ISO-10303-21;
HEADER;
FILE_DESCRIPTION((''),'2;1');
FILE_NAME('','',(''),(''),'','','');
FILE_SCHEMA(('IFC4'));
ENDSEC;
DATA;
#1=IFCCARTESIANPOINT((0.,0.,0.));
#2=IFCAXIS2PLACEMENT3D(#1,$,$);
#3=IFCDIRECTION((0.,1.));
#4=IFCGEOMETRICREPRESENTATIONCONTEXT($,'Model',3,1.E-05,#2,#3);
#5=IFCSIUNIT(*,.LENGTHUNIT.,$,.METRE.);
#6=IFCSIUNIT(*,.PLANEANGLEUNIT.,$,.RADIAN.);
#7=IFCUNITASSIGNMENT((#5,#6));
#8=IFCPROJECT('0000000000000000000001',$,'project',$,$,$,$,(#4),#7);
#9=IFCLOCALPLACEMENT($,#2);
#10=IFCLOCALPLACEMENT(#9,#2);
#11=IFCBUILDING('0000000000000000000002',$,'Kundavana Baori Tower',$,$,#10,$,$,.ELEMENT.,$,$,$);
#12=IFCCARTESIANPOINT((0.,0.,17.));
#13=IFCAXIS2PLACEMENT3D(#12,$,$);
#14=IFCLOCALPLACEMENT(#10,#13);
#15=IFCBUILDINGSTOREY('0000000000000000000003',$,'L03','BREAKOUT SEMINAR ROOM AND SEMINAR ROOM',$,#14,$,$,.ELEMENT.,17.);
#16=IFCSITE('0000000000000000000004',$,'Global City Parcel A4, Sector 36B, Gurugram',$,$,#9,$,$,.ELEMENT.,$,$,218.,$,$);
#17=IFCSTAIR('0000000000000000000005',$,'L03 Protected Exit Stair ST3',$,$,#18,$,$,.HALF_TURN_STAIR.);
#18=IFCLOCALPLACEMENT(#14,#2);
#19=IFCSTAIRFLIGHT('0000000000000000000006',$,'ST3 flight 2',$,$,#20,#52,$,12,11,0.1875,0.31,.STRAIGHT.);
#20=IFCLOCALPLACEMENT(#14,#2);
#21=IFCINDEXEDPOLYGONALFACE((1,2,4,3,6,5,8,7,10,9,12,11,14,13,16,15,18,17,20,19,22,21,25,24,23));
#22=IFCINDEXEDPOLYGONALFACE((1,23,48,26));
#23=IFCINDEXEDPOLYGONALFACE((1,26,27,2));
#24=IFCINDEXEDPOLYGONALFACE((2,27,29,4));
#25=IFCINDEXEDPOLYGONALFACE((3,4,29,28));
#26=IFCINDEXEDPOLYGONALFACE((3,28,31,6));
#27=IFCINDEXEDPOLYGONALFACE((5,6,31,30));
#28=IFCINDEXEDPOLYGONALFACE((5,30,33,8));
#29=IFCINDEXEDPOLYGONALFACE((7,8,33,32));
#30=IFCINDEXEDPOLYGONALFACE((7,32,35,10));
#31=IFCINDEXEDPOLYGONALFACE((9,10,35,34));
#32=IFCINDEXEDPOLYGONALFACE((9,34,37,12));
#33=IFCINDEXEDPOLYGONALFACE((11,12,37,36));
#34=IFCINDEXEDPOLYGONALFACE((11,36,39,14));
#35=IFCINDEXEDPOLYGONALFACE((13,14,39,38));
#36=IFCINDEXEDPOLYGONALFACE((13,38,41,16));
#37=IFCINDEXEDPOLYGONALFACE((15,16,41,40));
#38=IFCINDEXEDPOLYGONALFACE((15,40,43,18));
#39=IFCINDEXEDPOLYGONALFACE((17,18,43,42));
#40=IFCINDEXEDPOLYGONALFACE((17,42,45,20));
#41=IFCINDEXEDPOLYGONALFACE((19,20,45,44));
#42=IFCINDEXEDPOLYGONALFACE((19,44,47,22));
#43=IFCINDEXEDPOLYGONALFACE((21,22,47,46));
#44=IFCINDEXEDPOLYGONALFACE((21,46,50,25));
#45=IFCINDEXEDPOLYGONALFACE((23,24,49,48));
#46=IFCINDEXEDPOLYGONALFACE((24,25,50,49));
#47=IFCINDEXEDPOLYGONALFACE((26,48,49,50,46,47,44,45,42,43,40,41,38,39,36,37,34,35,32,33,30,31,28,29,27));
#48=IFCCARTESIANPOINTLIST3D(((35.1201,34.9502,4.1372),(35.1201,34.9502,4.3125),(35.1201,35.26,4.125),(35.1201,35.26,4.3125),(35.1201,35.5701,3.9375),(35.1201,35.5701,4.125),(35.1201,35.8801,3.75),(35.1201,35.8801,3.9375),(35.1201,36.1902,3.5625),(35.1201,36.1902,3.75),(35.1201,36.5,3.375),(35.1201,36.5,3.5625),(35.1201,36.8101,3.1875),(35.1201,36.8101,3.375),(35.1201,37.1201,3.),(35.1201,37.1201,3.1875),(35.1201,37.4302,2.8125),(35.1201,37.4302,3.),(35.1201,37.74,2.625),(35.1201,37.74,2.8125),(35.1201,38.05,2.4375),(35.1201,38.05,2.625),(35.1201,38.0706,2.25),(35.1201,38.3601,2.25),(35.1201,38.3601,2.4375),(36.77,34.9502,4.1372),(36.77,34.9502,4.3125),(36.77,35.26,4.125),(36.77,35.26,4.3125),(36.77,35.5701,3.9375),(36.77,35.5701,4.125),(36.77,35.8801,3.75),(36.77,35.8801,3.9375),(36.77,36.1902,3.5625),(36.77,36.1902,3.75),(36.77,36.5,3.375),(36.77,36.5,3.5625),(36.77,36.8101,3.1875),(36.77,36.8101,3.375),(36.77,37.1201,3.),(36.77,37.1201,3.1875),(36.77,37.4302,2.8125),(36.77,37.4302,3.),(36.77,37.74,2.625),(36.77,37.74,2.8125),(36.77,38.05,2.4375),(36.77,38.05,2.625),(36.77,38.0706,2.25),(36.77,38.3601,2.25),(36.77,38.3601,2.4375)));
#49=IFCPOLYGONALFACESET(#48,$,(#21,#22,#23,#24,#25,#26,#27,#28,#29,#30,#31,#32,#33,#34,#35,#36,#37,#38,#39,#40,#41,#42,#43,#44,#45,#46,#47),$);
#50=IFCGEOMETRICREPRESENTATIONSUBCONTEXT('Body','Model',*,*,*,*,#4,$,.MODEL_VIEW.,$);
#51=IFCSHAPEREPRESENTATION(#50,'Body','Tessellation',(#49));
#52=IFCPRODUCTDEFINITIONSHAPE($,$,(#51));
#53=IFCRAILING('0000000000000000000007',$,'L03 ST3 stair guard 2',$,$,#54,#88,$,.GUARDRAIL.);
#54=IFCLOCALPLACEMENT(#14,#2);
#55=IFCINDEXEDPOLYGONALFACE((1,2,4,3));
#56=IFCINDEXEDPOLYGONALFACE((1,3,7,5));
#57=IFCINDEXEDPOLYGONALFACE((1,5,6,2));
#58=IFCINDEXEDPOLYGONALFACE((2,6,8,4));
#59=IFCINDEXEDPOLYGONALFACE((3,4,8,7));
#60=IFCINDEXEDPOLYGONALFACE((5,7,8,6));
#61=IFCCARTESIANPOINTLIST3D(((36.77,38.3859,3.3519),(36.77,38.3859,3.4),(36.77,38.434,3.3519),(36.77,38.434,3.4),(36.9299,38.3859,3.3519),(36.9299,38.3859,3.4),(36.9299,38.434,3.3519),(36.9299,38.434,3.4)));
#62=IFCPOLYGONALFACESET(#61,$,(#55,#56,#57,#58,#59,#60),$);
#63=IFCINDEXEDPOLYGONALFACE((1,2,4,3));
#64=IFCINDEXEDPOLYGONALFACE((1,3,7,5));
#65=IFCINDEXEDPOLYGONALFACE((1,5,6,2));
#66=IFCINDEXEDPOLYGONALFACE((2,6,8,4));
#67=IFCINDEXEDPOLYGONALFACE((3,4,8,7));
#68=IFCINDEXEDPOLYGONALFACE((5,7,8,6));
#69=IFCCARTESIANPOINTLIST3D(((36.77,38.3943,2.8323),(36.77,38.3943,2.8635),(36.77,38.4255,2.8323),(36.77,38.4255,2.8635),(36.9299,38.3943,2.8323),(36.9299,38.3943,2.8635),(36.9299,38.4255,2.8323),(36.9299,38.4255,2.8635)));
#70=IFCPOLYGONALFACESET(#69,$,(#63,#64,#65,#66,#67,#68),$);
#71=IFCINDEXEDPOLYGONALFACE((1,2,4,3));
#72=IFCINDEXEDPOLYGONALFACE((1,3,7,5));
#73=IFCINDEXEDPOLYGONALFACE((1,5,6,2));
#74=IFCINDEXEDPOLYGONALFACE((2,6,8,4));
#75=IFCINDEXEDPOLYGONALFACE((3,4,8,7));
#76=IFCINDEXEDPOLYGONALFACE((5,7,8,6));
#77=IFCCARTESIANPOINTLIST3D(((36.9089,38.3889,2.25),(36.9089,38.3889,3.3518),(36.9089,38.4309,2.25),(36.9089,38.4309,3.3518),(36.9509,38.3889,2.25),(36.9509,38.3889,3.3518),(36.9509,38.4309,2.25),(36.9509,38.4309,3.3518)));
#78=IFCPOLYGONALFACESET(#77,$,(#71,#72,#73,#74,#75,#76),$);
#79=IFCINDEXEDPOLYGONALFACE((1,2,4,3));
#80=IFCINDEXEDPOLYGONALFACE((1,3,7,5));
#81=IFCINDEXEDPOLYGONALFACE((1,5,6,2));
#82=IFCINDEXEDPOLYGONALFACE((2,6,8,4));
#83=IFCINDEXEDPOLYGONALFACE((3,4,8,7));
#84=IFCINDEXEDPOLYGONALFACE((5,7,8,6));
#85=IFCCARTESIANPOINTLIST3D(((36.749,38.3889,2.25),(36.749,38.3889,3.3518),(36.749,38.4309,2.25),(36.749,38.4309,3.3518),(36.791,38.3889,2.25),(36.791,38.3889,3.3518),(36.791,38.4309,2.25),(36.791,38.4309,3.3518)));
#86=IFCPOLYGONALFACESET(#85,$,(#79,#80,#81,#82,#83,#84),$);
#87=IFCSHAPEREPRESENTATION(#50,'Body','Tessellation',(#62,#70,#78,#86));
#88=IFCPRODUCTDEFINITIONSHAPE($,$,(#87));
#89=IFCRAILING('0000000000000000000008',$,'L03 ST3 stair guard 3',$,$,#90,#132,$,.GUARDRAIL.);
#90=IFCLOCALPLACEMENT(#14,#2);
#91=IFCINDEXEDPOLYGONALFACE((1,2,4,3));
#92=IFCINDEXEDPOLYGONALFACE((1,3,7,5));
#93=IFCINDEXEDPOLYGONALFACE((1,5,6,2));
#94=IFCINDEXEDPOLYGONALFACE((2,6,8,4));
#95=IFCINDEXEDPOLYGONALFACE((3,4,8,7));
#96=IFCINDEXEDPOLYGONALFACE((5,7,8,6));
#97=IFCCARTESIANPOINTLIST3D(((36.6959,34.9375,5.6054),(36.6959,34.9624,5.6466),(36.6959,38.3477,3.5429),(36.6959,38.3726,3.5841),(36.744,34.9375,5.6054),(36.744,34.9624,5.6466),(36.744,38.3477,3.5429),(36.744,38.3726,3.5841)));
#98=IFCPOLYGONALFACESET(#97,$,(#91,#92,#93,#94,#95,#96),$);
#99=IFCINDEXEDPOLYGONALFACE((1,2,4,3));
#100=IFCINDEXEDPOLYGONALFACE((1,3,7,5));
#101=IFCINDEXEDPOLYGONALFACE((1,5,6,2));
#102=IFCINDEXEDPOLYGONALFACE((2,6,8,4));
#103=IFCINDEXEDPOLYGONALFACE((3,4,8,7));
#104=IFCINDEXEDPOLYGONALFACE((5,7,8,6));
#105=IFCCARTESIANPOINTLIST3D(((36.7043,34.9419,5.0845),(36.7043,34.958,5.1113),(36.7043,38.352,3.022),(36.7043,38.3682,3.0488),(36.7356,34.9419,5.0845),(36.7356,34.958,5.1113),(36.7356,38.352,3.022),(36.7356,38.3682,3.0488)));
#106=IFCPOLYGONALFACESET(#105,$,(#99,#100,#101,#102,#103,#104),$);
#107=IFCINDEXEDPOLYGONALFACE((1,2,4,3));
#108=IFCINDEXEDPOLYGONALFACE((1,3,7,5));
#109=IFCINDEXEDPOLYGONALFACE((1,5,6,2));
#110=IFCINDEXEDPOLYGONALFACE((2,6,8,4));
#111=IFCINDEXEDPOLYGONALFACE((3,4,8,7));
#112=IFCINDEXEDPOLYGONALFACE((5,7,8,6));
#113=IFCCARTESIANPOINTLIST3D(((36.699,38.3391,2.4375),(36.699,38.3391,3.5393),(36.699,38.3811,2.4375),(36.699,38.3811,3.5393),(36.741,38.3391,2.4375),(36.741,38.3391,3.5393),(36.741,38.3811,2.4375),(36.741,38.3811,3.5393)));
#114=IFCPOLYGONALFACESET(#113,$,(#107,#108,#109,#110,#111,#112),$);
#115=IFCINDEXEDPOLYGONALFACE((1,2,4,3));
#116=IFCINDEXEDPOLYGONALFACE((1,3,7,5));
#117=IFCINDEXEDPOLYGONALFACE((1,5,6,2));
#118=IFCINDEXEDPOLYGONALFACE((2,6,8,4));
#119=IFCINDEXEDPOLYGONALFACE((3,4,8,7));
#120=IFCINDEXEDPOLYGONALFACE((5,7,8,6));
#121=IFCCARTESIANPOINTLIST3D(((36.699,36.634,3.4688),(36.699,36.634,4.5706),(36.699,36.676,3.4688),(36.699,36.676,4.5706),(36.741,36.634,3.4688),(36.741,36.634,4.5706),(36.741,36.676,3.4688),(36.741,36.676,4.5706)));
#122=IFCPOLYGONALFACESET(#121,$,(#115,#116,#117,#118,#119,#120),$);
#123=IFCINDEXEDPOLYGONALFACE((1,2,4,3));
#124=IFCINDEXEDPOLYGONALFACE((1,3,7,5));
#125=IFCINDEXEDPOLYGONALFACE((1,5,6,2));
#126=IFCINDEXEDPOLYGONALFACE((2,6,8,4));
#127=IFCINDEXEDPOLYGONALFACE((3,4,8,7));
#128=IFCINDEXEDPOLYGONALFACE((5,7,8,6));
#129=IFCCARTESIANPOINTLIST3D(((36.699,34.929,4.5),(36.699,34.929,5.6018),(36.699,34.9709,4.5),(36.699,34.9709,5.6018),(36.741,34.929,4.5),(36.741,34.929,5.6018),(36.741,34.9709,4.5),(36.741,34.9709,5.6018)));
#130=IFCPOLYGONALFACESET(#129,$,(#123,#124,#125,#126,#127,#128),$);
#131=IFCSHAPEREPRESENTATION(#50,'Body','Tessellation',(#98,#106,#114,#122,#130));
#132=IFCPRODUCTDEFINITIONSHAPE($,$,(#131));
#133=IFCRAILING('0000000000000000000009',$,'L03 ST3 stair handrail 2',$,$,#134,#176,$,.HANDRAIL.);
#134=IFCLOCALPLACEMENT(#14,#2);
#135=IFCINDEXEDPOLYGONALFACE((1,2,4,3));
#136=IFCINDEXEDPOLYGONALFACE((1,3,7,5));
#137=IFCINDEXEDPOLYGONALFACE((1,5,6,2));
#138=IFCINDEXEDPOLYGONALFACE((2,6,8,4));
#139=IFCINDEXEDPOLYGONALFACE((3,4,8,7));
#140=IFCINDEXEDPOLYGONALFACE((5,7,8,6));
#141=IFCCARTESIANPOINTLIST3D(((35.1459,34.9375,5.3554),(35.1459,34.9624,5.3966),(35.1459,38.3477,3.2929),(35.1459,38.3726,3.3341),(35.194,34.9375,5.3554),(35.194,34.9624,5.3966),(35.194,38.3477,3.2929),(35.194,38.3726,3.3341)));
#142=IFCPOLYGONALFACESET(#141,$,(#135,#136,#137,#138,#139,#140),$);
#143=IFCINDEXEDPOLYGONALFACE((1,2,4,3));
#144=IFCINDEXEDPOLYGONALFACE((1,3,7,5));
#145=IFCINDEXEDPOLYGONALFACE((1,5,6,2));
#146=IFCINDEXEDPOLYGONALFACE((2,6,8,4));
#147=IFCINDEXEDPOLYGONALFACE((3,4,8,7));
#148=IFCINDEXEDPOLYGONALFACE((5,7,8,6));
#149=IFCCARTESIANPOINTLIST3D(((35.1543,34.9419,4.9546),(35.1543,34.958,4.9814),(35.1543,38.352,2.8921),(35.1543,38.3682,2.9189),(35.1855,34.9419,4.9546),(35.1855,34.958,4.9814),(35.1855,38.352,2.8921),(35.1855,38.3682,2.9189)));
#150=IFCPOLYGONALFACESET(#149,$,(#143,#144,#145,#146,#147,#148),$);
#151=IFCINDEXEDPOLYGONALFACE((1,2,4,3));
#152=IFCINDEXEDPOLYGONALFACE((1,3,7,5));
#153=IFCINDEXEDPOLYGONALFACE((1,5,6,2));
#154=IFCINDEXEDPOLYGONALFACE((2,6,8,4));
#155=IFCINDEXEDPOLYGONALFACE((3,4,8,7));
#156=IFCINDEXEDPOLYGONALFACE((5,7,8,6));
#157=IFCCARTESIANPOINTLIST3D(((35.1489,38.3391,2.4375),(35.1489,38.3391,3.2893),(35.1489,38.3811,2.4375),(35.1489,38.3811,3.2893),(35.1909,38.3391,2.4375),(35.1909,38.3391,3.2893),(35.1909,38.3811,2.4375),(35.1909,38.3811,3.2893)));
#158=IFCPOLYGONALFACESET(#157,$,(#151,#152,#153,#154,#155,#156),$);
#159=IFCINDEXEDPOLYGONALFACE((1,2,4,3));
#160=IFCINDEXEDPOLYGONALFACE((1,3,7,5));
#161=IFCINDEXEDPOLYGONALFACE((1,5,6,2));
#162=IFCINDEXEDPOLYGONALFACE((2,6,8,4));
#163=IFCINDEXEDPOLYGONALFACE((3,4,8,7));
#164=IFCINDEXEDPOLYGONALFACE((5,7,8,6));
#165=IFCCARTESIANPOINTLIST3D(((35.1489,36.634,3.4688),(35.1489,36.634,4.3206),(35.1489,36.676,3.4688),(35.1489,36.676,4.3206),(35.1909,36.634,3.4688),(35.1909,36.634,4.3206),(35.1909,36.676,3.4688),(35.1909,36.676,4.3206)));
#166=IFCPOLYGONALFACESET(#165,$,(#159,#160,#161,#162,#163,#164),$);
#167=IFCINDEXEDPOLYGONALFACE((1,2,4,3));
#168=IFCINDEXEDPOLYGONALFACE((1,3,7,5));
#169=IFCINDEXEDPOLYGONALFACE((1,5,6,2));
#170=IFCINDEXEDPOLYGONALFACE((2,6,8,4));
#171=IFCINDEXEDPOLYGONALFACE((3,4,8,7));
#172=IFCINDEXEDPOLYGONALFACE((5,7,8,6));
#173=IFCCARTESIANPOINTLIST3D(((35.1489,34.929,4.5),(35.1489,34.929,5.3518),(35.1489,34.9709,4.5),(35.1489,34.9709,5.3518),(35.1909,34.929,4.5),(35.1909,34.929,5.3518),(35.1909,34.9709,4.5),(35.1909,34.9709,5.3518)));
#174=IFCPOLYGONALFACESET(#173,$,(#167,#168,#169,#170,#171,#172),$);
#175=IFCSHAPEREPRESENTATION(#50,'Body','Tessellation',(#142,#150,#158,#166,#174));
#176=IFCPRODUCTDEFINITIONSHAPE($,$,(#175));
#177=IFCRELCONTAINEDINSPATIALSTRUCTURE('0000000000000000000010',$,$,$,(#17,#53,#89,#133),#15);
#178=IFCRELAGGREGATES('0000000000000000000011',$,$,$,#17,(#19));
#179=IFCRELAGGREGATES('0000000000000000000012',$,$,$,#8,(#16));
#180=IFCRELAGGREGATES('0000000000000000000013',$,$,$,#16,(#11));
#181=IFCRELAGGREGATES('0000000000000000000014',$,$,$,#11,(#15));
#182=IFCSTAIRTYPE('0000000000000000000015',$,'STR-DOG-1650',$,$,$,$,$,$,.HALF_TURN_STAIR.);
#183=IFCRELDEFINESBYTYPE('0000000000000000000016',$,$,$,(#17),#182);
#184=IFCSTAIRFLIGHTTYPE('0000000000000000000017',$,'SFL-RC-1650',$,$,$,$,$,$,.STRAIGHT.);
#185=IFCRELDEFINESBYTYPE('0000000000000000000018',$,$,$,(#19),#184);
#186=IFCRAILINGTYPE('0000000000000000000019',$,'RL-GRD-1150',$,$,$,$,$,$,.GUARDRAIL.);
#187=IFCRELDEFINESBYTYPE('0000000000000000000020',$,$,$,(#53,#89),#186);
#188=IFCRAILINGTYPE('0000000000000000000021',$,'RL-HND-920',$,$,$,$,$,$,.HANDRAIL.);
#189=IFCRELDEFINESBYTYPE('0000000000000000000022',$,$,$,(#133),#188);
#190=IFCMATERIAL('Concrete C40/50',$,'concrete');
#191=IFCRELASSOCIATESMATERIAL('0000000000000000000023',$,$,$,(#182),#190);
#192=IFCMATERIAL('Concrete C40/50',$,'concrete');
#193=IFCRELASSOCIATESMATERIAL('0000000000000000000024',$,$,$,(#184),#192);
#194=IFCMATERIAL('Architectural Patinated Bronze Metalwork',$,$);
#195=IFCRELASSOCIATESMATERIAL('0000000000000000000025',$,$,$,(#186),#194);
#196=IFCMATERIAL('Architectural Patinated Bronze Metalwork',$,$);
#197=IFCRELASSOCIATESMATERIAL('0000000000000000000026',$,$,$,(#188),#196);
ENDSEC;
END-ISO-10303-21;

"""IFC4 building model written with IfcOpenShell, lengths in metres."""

from ifc_helpers import new_model, si_unit, direction, frame, origin, origin_2d, place, context, subcontext, project, spatial, polyline, rectangle, outline, extrude, material, type_object, element, aggregate, save


model = new_model("IFC4")

# Units and contexts
model_context = context("Model", 3, precision=1e-05, world=origin(), true_north=direction((0.0, 1.0)))
body_context = subcontext(model_context, "Body", "Model", "MODEL_VIEW")
ifc_project = project(units=[si_unit("LENGTHUNIT", "METRE"), si_unit("PLANEANGLEUNIT", "RADIAN")], contexts=[model_context])

# Site, building, storey
site_placement = place(None, origin())
site = spatial("IfcSite", under=ifc_project, at=site_placement, Name="Global City Parcel A4, Sector 36B, Gurugram", CompositionType="ELEMENT", RefElevation=218.0)
building_placement = place(site_placement, origin())
building = spatial("IfcBuilding", under=site, at=building_placement, Name="Kundavana Baori Tower", CompositionType="ELEMENT")
storey_placement = place(building_placement, frame((0.0, 0.0, 17.0)))
storey = spatial("IfcBuildingStorey", under=building, at=storey_placement, Name="L03", Description="BREAKOUT SEMINAR ROOM AND SEMINAR ROOM", CompositionType="ELEMENT", Elevation=17.0)

# Stair, stair flight
ifc_material_1 = material(Name="Concrete C40/50", Category="concrete")
stair_type = type_object("IfcStairType", Name="STR-DOG-1650", PredefinedType="HALF_TURN_STAIR", material=ifc_material_1)
stair_placement = place(storey_placement, origin())
stair = element("IfcStair", 1, at=stair_placement, inside=storey, type_object=stair_type, Name="L03 Protected Exit Stair ST3", PredefinedType="HALF_TURN_STAIR")
ifc_material_2 = material(Name="Concrete C40/50", Category="concrete")
stair_flight_type = type_object("IfcStairFlightType", Name="SFL-RC-1650", PredefinedType="STRAIGHT", material=ifc_material_2)
stair_flight_placement = place(storey_placement, frame((35.9451, 38.3601, 2.25), z_axis=(0.0, 0.0, 1.0), x_axis=(0.0, -1.0, 0.0)))
stair_flight = element("IfcStairFlight", 2, at=stair_flight_placement, type_object=stair_flight_type, Name="ST3 flight 2", NumberOfRisers=12, NumberOfTreads=11, PredefinedType="STRAIGHT", RiserHeight=0.1875, TreadLength=0.31, context=body_context, shape_type="SweptSolid", body=[
    extrude(outline(polyline([(0.0, 0.0), (0.0, 0.1875), (0.3101, 0.1875), (0.3101, 0.375), (0.6201, 0.375), (0.6201, 0.5625), (0.9299, 0.5625), (0.9299, 0.75), (1.24, 0.75), (1.24, 0.9375), (1.55, 0.9375), (1.55, 1.125), (1.8601, 1.125), (1.8601, 1.3125), (2.1699, 1.3125), (2.1699, 1.5), (2.48, 1.5), (2.48, 1.6875), (2.79, 1.6875), (2.79, 1.875), (3.1001, 1.875), (3.1001, 2.0625), (3.4099, 2.0625), (3.4099, 2.25), (3.4099, 1.8872), (0.2896, 0.0), (0.0, 0.0)])), frame((0.0, 0.825, 0.0), z_axis=(0.0, -1.0, 0.0), x_axis=(1.0, 0.0, 0.0)), (0.0, 0.0, 1.0), 1.6499),
])
aggregate(stair, [stair_flight])

# Railings
ifc_material_3 = material(Name="Architectural Patinated Bronze Metalwork")
railing_type_1 = type_object("IfcRailingType", Name="RL-GRD-1150", PredefinedType="GUARDRAIL", material=ifc_material_3)
railing_1_placement = place(storey_placement, frame((36.9299, 38.4099, 2.25)))
element("IfcRailing", 3, at=railing_1_placement, inside=storey, type_object=railing_type_1, Name="L03 ST3 stair guard 2", PredefinedType="GUARDRAIL", context=body_context, shape_type="SweptSolid", body=[
    extrude(rectangle(XDim=0.0481, YDim=0.0481, at=origin_2d()), frame((0.0, 0.0, 1.126), z_axis=(-1.0, 0.0, 0.0), x_axis=(0.0, -1.0, 0.0)), (0.0, 0.0, 1.0), 0.1599),
    extrude(rectangle(XDim=0.0312, YDim=0.0312, at=origin_2d()), frame((0.0, 0.0, 0.5979), z_axis=(-1.0, 0.0, 0.0), x_axis=(0.0, -1.0, 0.0)), (0.0, 0.0, 1.0), 0.1599),
    extrude(rectangle(XDim=0.042, YDim=0.042, at=origin_2d()), origin(), (0.0, 0.0, 1.0), 1.1018),
    extrude(rectangle(XDim=0.042, YDim=0.042, at=origin_2d()), frame((-0.1599, 0.0, 0.0)), (0.0, 0.0, 1.0), 1.1018),
])
railing_2_placement = place(storey_placement, frame((36.72, 38.3601, 2.4375)))
element("IfcRailing", 4, at=railing_2_placement, inside=storey, type_object=railing_type_1, Name="L03 ST3 stair guard 3", PredefinedType="GUARDRAIL", context=body_context, shape_type="SweptSolid", body=[
    extrude(rectangle(XDim=0.0481, YDim=0.0481, at=origin_2d()), frame((0.0, 0.0, 1.126), z_axis=(0.0, -0.855671, 0.517519), x_axis=(1.0, 0.0, 0.0)), (0.0, 0.0, 1.0), 3.9854),
    extrude(rectangle(XDim=0.0312, YDim=0.0312, at=origin_2d()), frame((0.0, 0.0, 0.5979), z_axis=(0.0, -0.855671, 0.517519), x_axis=(1.0, 0.0, 0.0)), (0.0, 0.0, 1.0), 3.9854),
    extrude(rectangle(XDim=0.042, YDim=0.042, at=origin_2d()), origin(), (0.0, 0.0, 1.0), 1.1018),
    extrude(rectangle(XDim=0.042, YDim=0.042, at=origin_2d()), frame((0.0, -1.7051, 1.0312)), (0.0, 0.0, 1.0), 1.1018),
    extrude(rectangle(XDim=0.042, YDim=0.042, at=origin_2d()), frame((0.0, -3.4102, 2.0625)), (0.0, 0.0, 1.0), 1.1018),
])
ifc_material_4 = material(Name="Architectural Patinated Bronze Metalwork")
railing_type_2 = type_object("IfcRailingType", Name="RL-HND-920", PredefinedType="HANDRAIL", material=ifc_material_4)
railing_3_placement = place(storey_placement, frame((35.1699, 38.3601, 2.4375)))
element("IfcRailing", 5, at=railing_3_placement, inside=storey, type_object=railing_type_2, Name="L03 ST3 stair handrail 2", PredefinedType="HANDRAIL", context=body_context, shape_type="SweptSolid", body=[
    extrude(rectangle(XDim=0.0481, YDim=0.0481, at=origin_2d()), frame((0.0, 0.0, 0.876), z_axis=(0.0, -0.855671, 0.517519), x_axis=(1.0, 0.0, 0.0)), (0.0, 0.0, 1.0), 3.9854),
    extrude(rectangle(XDim=0.0312, YDim=0.0312, at=origin_2d()), frame((0.0, 0.0, 0.468), z_axis=(0.0, -0.855671, 0.517519), x_axis=(1.0, 0.0, 0.0)), (0.0, 0.0, 1.0), 3.9854),
    extrude(rectangle(XDim=0.042, YDim=0.042, at=origin_2d()), origin(), (0.0, 0.0, 1.0), 0.8518),
    extrude(rectangle(XDim=0.042, YDim=0.042, at=origin_2d()), frame((0.0, -1.7051, 1.0312)), (0.0, 0.0, 1.0), 0.8518),
    extrude(rectangle(XDim=0.042, YDim=0.042, at=origin_2d()), frame((0.0, -3.4102, 2.0625)), (0.0, 0.0, 1.0), 0.8518),
])

save(model, "model.ifc")
